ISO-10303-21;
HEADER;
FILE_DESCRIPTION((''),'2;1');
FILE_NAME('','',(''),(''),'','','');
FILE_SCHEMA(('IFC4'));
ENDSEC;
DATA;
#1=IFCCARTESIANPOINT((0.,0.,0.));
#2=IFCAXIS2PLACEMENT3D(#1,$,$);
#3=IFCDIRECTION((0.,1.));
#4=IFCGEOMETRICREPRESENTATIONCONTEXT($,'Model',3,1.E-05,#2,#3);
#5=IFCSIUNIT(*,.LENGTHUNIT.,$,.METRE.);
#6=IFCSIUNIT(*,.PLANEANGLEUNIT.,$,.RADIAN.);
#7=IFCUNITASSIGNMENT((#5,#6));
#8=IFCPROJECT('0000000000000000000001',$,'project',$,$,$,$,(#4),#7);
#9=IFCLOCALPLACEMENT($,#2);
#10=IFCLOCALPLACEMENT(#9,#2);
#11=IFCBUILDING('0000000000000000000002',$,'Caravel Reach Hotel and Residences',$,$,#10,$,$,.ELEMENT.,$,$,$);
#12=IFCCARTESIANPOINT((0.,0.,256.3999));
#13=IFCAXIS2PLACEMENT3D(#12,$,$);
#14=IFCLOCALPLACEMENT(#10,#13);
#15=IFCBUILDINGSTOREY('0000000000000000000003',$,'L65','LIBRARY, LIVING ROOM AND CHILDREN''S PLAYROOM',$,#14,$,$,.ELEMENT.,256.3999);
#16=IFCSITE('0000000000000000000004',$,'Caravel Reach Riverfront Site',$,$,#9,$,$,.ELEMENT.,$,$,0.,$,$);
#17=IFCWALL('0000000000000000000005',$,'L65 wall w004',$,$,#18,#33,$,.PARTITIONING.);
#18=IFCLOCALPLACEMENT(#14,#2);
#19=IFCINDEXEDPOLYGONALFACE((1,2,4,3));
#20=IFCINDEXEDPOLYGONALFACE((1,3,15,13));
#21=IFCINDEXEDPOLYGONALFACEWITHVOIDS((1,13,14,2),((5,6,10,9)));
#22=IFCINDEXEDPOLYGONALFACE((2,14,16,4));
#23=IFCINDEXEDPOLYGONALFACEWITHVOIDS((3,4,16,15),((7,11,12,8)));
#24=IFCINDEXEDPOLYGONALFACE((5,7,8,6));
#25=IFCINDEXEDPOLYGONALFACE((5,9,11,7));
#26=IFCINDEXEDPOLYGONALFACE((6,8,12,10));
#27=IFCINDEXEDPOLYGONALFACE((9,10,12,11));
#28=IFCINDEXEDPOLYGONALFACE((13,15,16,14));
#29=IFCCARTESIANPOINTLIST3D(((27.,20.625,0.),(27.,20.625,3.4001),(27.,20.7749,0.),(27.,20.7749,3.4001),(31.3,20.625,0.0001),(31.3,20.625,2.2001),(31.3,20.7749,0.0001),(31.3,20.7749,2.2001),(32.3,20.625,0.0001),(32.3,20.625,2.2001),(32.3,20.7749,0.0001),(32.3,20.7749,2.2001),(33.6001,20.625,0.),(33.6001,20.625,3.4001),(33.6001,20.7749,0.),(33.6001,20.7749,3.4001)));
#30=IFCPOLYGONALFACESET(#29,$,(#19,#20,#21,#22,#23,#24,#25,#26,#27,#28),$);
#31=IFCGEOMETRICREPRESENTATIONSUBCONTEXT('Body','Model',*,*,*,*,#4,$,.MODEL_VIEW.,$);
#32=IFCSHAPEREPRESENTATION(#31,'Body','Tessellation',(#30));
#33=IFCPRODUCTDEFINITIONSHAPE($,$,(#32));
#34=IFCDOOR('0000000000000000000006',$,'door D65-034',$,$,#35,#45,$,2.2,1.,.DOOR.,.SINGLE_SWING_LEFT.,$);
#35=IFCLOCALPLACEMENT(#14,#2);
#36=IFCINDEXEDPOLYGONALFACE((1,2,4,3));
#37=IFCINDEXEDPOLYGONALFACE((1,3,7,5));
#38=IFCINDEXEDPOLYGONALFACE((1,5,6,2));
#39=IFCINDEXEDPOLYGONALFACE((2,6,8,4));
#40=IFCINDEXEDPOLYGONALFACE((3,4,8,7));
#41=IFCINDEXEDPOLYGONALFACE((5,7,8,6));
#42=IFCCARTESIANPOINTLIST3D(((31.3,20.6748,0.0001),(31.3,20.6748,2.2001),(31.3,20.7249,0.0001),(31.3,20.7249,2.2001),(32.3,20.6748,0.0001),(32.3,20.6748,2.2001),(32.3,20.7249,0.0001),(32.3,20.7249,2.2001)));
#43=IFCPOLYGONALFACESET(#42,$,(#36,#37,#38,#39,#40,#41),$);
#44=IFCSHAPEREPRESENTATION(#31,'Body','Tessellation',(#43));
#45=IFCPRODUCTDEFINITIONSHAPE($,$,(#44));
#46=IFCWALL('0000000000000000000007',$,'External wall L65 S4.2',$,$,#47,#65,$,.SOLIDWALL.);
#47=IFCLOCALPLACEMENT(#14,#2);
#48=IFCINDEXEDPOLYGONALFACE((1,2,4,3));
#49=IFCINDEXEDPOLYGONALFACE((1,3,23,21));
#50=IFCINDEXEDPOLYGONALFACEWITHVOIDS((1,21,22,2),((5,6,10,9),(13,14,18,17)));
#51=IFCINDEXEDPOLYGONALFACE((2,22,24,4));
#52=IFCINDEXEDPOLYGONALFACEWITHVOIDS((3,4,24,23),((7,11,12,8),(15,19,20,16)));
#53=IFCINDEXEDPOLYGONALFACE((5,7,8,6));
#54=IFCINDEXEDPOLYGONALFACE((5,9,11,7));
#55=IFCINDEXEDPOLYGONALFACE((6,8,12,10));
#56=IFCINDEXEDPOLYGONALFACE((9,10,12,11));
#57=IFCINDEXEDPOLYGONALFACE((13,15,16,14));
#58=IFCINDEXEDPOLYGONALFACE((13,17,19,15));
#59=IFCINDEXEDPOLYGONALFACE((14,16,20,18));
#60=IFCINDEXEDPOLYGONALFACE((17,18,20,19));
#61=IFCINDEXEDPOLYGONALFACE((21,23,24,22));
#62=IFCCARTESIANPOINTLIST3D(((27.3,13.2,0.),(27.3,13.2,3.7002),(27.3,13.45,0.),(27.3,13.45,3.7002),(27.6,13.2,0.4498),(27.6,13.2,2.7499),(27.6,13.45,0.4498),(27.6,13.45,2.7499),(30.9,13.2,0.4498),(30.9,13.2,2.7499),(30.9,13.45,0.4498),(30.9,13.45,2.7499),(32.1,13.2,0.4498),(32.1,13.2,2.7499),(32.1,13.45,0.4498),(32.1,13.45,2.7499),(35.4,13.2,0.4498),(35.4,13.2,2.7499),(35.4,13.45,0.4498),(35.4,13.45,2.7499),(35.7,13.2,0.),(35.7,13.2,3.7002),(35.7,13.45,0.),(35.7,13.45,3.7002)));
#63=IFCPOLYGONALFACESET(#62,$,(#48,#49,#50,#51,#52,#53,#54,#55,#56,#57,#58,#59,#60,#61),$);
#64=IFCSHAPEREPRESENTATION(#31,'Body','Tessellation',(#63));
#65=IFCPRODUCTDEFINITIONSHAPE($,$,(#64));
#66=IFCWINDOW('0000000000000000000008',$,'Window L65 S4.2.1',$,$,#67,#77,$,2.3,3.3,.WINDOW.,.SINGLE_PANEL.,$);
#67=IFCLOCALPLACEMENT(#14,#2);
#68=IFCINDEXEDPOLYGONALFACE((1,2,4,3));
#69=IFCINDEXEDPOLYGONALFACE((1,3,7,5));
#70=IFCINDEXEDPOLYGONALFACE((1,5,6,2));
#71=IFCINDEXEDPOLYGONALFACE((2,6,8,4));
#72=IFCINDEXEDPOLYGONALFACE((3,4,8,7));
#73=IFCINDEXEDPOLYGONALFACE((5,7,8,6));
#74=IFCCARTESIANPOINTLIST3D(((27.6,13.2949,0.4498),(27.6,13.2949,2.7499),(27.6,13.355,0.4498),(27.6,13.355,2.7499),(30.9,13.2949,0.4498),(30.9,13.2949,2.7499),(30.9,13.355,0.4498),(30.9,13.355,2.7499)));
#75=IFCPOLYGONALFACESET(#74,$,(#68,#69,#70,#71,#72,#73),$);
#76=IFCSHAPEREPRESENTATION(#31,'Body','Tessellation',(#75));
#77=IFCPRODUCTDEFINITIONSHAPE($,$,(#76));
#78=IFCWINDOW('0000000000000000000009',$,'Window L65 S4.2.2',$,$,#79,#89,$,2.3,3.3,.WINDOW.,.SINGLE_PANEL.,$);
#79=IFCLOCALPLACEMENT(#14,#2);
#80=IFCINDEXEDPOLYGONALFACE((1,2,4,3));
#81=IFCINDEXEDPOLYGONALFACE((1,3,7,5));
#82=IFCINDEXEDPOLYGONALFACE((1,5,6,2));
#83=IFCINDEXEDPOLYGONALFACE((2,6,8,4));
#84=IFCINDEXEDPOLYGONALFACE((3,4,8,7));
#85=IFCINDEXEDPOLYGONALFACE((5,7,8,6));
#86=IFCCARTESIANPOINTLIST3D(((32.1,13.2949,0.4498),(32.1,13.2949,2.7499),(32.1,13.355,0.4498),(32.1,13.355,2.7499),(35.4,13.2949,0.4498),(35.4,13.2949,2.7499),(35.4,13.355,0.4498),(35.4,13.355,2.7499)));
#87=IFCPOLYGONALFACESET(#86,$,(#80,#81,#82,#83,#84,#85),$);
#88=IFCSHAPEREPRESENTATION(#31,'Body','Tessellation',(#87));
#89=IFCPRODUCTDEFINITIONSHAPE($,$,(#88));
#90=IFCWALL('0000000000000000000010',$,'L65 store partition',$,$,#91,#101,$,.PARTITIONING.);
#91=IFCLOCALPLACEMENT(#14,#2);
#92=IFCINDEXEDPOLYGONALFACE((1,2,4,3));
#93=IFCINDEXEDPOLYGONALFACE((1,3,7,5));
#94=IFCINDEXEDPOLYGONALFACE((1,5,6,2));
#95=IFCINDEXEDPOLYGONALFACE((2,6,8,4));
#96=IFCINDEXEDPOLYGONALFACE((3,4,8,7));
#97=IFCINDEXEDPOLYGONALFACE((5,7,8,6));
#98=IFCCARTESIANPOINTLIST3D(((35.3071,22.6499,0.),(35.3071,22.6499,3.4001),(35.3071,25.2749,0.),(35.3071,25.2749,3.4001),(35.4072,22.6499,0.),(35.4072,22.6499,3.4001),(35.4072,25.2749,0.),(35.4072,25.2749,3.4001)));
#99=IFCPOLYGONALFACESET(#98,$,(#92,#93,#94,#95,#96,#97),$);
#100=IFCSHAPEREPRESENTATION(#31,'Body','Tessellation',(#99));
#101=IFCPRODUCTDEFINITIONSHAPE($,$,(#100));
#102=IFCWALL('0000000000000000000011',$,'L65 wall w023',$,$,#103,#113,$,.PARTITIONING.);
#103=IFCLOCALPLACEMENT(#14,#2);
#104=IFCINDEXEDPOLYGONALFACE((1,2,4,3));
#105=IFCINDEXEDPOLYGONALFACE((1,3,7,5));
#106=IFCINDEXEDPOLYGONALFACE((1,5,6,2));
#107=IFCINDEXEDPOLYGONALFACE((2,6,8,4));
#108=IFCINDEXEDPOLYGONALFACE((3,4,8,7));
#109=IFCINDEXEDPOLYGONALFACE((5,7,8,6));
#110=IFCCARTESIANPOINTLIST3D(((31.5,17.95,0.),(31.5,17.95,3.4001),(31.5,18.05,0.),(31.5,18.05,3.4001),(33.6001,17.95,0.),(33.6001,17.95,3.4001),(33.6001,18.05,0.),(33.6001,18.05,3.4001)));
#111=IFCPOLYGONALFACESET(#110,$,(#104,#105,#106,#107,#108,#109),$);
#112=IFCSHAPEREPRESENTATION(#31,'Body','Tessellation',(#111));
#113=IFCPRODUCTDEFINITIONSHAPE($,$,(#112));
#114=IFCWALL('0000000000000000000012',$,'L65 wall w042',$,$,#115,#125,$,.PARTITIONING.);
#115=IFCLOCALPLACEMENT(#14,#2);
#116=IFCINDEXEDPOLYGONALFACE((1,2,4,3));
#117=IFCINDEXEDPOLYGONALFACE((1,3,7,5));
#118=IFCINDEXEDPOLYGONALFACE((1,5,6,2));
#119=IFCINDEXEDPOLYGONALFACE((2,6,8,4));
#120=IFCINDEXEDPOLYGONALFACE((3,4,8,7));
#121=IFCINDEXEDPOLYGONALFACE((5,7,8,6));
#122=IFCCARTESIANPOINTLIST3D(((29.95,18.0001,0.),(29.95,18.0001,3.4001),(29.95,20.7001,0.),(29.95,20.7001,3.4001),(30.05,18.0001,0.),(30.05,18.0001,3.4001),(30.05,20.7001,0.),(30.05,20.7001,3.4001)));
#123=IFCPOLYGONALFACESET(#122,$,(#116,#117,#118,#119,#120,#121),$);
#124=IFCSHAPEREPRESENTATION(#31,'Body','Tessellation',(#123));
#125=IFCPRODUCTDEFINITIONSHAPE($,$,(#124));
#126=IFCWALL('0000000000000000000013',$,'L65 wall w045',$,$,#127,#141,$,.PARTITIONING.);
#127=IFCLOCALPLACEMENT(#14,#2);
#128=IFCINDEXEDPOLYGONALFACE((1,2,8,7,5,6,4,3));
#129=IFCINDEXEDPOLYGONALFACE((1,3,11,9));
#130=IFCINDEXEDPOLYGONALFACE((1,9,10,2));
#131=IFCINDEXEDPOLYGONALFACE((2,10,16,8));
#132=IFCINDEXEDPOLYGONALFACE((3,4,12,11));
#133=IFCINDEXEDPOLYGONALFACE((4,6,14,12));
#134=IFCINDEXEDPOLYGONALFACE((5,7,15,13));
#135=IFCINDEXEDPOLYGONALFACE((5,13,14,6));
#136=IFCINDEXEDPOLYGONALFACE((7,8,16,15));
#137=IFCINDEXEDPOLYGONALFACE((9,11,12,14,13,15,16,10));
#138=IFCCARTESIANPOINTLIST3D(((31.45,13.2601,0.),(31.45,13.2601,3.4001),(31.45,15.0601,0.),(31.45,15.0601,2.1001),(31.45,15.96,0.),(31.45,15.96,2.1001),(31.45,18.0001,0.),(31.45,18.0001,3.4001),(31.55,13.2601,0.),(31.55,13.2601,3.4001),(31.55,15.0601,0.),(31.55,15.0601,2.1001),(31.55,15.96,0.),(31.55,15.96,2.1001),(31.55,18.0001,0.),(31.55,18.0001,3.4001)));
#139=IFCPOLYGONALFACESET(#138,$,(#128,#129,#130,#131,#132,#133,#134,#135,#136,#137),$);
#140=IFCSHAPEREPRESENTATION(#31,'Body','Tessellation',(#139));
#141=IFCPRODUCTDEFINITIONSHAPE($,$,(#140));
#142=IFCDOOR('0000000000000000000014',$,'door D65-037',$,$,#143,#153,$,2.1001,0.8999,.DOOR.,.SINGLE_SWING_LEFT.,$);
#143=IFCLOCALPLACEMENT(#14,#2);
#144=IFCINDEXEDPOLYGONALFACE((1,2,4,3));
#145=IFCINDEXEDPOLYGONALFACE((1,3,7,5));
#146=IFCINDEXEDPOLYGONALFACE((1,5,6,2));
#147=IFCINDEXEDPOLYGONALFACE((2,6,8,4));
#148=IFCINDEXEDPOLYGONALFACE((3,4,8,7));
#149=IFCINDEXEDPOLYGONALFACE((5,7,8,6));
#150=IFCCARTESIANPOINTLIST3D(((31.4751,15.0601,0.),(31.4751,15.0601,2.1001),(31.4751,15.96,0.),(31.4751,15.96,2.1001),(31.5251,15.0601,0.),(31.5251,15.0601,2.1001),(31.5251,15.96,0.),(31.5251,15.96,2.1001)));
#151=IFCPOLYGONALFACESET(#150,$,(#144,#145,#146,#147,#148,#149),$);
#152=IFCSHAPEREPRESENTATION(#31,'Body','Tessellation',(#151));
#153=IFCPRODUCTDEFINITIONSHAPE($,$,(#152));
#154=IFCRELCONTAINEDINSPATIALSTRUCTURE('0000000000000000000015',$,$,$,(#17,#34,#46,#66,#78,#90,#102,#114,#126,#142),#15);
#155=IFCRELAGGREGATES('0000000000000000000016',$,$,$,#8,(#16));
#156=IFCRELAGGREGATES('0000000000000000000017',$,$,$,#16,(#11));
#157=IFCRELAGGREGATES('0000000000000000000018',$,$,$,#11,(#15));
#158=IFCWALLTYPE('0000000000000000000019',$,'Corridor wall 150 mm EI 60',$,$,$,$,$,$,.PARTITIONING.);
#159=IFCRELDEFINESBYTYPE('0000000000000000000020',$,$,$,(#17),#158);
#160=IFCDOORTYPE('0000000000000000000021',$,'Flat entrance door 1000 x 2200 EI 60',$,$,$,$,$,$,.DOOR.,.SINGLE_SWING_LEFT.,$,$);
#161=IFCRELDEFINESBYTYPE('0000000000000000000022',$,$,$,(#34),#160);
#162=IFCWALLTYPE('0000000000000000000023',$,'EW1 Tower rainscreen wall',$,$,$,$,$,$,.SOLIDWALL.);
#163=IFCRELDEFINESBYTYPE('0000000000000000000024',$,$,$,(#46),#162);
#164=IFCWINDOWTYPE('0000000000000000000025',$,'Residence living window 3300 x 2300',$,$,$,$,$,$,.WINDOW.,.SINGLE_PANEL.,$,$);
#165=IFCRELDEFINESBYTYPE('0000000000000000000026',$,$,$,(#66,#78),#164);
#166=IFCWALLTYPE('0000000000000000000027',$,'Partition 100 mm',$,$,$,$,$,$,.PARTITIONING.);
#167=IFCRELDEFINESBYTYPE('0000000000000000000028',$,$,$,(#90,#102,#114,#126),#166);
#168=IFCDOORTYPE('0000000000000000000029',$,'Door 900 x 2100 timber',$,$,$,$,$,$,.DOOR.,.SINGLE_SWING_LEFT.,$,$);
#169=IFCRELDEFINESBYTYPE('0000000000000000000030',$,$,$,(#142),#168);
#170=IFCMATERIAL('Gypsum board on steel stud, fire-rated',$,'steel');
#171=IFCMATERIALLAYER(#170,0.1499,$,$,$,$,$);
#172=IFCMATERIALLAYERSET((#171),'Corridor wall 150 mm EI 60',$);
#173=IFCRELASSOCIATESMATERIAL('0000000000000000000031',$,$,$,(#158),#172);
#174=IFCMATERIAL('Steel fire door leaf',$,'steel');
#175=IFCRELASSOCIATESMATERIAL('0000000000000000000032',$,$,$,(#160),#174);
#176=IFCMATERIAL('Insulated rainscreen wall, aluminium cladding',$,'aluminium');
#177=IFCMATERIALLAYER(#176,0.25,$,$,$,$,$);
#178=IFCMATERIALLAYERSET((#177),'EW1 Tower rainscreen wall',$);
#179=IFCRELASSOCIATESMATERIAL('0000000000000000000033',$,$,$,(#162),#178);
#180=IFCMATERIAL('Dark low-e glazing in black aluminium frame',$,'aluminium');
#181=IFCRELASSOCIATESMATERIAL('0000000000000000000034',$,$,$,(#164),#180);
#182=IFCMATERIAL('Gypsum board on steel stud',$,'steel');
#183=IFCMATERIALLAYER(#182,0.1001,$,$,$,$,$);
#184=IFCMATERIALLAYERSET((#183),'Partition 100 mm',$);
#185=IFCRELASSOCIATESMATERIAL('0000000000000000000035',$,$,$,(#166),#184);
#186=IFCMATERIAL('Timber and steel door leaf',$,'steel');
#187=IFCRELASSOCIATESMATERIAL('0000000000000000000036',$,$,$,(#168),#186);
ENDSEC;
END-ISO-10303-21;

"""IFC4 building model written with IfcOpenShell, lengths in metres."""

from ifc_helpers import new_model, si_unit, direction, frame, frame_2d, origin, place, context, subcontext, project, spatial, rectangle, extrude, material, layer, layer_set, type_object, element, fill, save


model = new_model("IFC4")

# Units and contexts
model_context = context("Model", 3, precision=1e-05, world=origin(), true_north=direction((0.0, 1.0)))
body_context = subcontext(model_context, "Body", "Model", "MODEL_VIEW")
ifc_project = project(units=[si_unit("LENGTHUNIT", "METRE"), si_unit("PLANEANGLEUNIT", "RADIAN")], contexts=[model_context])

# Site, building, storey
site_placement = place(None, origin())
site = spatial("IfcSite", under=ifc_project, at=site_placement, Name="Caravel Reach Riverfront Site", CompositionType="ELEMENT", RefElevation=0.0)
building_placement = place(site_placement, origin())
building = spatial("IfcBuilding", under=site, at=building_placement, Name="Caravel Reach Hotel and Residences", CompositionType="ELEMENT")
storey_placement = place(building_placement, frame((0.0, 0.0, 256.3999)))
storey = spatial("IfcBuildingStorey", under=building, at=storey_placement, Name="L65", Description="LIBRARY, LIVING ROOM AND CHILDREN'S PLAYROOM", CompositionType="ELEMENT", Elevation=256.3999)

# Wall, opening, door
ifc_material_1 = material(Name="Gypsum board on steel stud, fire-rated", Category="steel")
ifc_layer_1 = layer(ifc_material_1, 0.1499)
ifc_layer_set_1 = layer_set([ifc_layer_1], Name="Corridor wall 150 mm EI 60")
wall_type_1 = type_object("IfcWallType", Name="Corridor wall 150 mm EI 60", PredefinedType="PARTITIONING", material=ifc_layer_set_1)
wall_1_placement = place(storey_placement, frame((27.0, 20.7, 0.0), z_axis=(0.0, 0.0, 1.0), x_axis=(1.0, 0.0, 0.0)))
wall_1 = element("IfcWall", 1, at=wall_1_placement, inside=storey, type_object=wall_type_1, Name="L65 wall w004", PredefinedType="PARTITIONING", context=body_context, shape_type="SweptSolid", body=[
    extrude(rectangle(XDim=6.6001, YDim=0.1499, at=frame_2d((3.3, 0.0))), origin(), (0.0, 0.0, 1.0), 3.4001),
])
opening_1_placement = place(wall_1_placement, frame((4.3, 0.0, 0.0)))
opening_1 = element("IfcOpeningElement", 2, at=opening_1_placement, cuts=wall_1, PredefinedType="OPENING", context=body_context, shape_type="SweptSolid", body=[
    extrude(rectangle(XDim=1.0, YDim=2.2, at=frame_2d((0.5, 1.1001))), frame((0.0, 0.085, 0.0), z_axis=(0.0, -1.0, 0.0), x_axis=(1.0, 0.0, 0.0)), (0.0, 0.0, 1.0), 0.1699),
])
ifc_material_2 = material(Name="Steel fire door leaf", Category="steel")
door_type_1 = type_object("IfcDoorType", Name="Flat entrance door 1000 x 2200 EI 60", OperationType="SINGLE_SWING_LEFT", PredefinedType="DOOR", material=ifc_material_2)
door_1_placement = place(opening_1_placement, origin())
door_1 = element("IfcDoor", 3, at=door_1_placement, inside=storey, type_object=door_type_1, Name="door D65-034", OperationType="SINGLE_SWING_LEFT", OverallHeight=2.2, OverallWidth=1.0, PredefinedType="DOOR", context=body_context, shape_type="SweptSolid", body=[
    extrude(rectangle(XDim=1.0, YDim=2.2, at=frame_2d((0.5, 1.1001))), frame((0.0, 0.0249, 0.0), z_axis=(0.0, -1.0, 0.0), x_axis=(1.0, 0.0, 0.0)), (0.0, 0.0, 1.0), 0.05),
])
fill(opening_1, door_1)

# Wall, openings, windows
ifc_material_3 = material(Name="Insulated rainscreen wall, aluminium cladding", Category="aluminium")
ifc_layer_2 = layer(ifc_material_3, 0.25)
ifc_layer_set_2 = layer_set([ifc_layer_2], Name="EW1 Tower rainscreen wall")
wall_type_2 = type_object("IfcWallType", Name="EW1 Tower rainscreen wall", PredefinedType="SOLIDWALL", material=ifc_layer_set_2)
wall_2_placement = place(storey_placement, frame((27.3, 13.325, 0.0), z_axis=(0.0, 0.0, 1.0), x_axis=(1.0, 0.0, 0.0)))
wall_2 = element("IfcWall", 4, at=wall_2_placement, inside=storey, type_object=wall_type_2, Name="External wall L65 S4.2", PredefinedType="SOLIDWALL", context=body_context, shape_type="SweptSolid", body=[
    extrude(rectangle(XDim=8.3999, YDim=0.25, at=frame_2d((4.2, 0.0))), origin(), (0.0, 0.0, 1.0), 3.7002),
])
opening_2_placement = place(wall_2_placement, frame((0.3, 0.0, 0.45)))
opening_2 = element("IfcOpeningElement", 5, at=opening_2_placement, cuts=wall_2, PredefinedType="OPENING", context=body_context, shape_type="SweptSolid", body=[
    extrude(rectangle(XDim=3.3, YDim=2.3, at=frame_2d((1.6499, 1.1499))), frame((0.0, 0.135, 0.0), z_axis=(0.0, -1.0, 0.0), x_axis=(1.0, 0.0, 0.0)), (0.0, 0.0, 1.0), 0.27),
])
opening_3_placement = place(wall_2_placement, frame((4.8, 0.0, 0.45)))
opening_3 = element("IfcOpeningElement", 6, at=opening_3_placement, cuts=wall_2, PredefinedType="OPENING", context=body_context, shape_type="SweptSolid", body=[
    extrude(rectangle(XDim=3.3, YDim=2.3, at=frame_2d((1.6499, 1.1499))), frame((0.0, 0.135, 0.0), z_axis=(0.0, -1.0, 0.0), x_axis=(1.0, 0.0, 0.0)), (0.0, 0.0, 1.0), 0.27),
])
ifc_material_4 = material(Name="Dark low-e glazing in black aluminium frame", Category="aluminium")
window_type = type_object("IfcWindowType", Name="Residence living window 3300 x 2300", PartitioningType="SINGLE_PANEL", PredefinedType="WINDOW", material=ifc_material_4)
window_1_placement = place(opening_2_placement, origin())
window_1 = element("IfcWindow", 7, at=window_1_placement, inside=storey, type_object=window_type, Name="Window L65 S4.2.1", OverallHeight=2.3, OverallWidth=3.3, PartitioningType="SINGLE_PANEL", PredefinedType="WINDOW", context=body_context, shape_type="SweptSolid", body=[
    extrude(rectangle(XDim=3.3, YDim=2.3, at=frame_2d((1.6499, 1.1499))), frame((0.0, 0.03, 0.0), z_axis=(0.0, -1.0, 0.0), x_axis=(1.0, 0.0, 0.0)), (0.0, 0.0, 1.0), 0.0601),
])
fill(opening_2, window_1)
window_2_placement = place(opening_3_placement, origin())
window_2 = element("IfcWindow", 8, at=window_2_placement, inside=storey, type_object=window_type, Name="Window L65 S4.2.2", OverallHeight=2.3, OverallWidth=3.3, PartitioningType="SINGLE_PANEL", PredefinedType="WINDOW", context=body_context, shape_type="SweptSolid", body=[
    extrude(rectangle(XDim=3.3, YDim=2.3, at=frame_2d((1.6499, 1.1499))), frame((0.0, 0.03, 0.0), z_axis=(0.0, -1.0, 0.0), x_axis=(1.0, 0.0, 0.0)), (0.0, 0.0, 1.0), 0.0601),
])
fill(opening_3, window_2)

# Walls
ifc_material_5 = material(Name="Gypsum board on steel stud", Category="steel")
ifc_layer_3 = layer(ifc_material_5, 0.1001)
ifc_layer_set_3 = layer_set([ifc_layer_3], Name="Partition 100 mm")
wall_type_3 = type_object("IfcWallType", Name="Partition 100 mm", PredefinedType="PARTITIONING", material=ifc_layer_set_3)
wall_3_placement = place(storey_placement, frame((35.3572, 22.6499, 0.0), z_axis=(0.0, 0.0, 1.0), x_axis=(0.0, 1.0, 0.0)))
element("IfcWall", 9, at=wall_3_placement, inside=storey, type_object=wall_type_3, Name="L65 store partition", PredefinedType="PARTITIONING", context=body_context, shape_type="SweptSolid", body=[
    extrude(rectangle(XDim=2.625, YDim=0.1001, at=frame_2d((1.3125, 0.0))), origin(), (0.0, 0.0, 1.0), 3.4001),
])
wall_4_placement = place(storey_placement, frame((31.5, 18.0, 0.0), z_axis=(0.0, 0.0, 1.0), x_axis=(1.0, 0.0, 0.0)))
element("IfcWall", 10, at=wall_4_placement, inside=storey, type_object=wall_type_3, Name="L65 wall w023", PredefinedType="PARTITIONING", context=body_context, shape_type="SweptSolid", body=[
    extrude(rectangle(XDim=2.1001, YDim=0.1001, at=frame_2d((1.05, 0.0))), origin(), (0.0, 0.0, 1.0), 3.4001),
])
wall_5_placement = place(storey_placement, frame((30.0, 18.0, 0.0), z_axis=(0.0, 0.0, 1.0), x_axis=(0.0, 1.0, 0.0)))
element("IfcWall", 11, at=wall_5_placement, inside=storey, type_object=wall_type_3, Name="L65 wall w042", PredefinedType="PARTITIONING", context=body_context, shape_type="SweptSolid", body=[
    extrude(rectangle(XDim=2.7, YDim=0.1001, at=frame_2d((1.3501, 0.0))), origin(), (0.0, 0.0, 1.0), 3.4001),
])

# Wall, opening, door
wall_6_placement = place(storey_placement, frame((31.5, 13.26, 0.0), z_axis=(0.0, 0.0, 1.0), x_axis=(0.0, 1.0, 0.0)))
wall_6 = element("IfcWall", 12, at=wall_6_placement, inside=storey, type_object=wall_type_3, Name="L65 wall w045", PredefinedType="PARTITIONING", context=body_context, shape_type="SweptSolid", body=[
    extrude(rectangle(XDim=4.74, YDim=0.1001, at=frame_2d((2.3701, 0.0))), origin(), (0.0, 0.0, 1.0), 3.4001),
])
opening_4_placement = place(wall_6_placement, frame((1.8, 0.0, 0.0)))
opening_4 = element("IfcOpeningElement", 13, at=opening_4_placement, cuts=wall_6, PredefinedType="OPENING", context=body_context, shape_type="SweptSolid", body=[
    extrude(rectangle(XDim=0.8999, YDim=2.1001, at=frame_2d((0.45, 1.05))), frame((0.0, 0.0601, 0.0), z_axis=(0.0, -1.0, 0.0), x_axis=(1.0, 0.0, 0.0)), (0.0, 0.0, 1.0), 0.1201),
])
ifc_material_6 = material(Name="Timber and steel door leaf", Category="steel")
door_type_2 = type_object("IfcDoorType", Name="Door 900 x 2100 timber", OperationType="SINGLE_SWING_LEFT", PredefinedType="DOOR", material=ifc_material_6)
door_2_placement = place(opening_4_placement, origin())
door_2 = element("IfcDoor", 14, at=door_2_placement, inside=storey, type_object=door_type_2, Name="door D65-037", OperationType="SINGLE_SWING_LEFT", OverallHeight=2.1001, OverallWidth=0.8999, PredefinedType="DOOR", context=body_context, shape_type="SweptSolid", body=[
    extrude(rectangle(XDim=0.8999, YDim=2.1001, at=frame_2d((0.45, 1.05))), frame((0.0, 0.0249, 0.0), z_axis=(0.0, -1.0, 0.0), x_axis=(1.0, 0.0, 0.0)), (0.0, 0.0, 1.0), 0.05),
])
fill(opening_4, door_2)

save(model, "model.ifc")
